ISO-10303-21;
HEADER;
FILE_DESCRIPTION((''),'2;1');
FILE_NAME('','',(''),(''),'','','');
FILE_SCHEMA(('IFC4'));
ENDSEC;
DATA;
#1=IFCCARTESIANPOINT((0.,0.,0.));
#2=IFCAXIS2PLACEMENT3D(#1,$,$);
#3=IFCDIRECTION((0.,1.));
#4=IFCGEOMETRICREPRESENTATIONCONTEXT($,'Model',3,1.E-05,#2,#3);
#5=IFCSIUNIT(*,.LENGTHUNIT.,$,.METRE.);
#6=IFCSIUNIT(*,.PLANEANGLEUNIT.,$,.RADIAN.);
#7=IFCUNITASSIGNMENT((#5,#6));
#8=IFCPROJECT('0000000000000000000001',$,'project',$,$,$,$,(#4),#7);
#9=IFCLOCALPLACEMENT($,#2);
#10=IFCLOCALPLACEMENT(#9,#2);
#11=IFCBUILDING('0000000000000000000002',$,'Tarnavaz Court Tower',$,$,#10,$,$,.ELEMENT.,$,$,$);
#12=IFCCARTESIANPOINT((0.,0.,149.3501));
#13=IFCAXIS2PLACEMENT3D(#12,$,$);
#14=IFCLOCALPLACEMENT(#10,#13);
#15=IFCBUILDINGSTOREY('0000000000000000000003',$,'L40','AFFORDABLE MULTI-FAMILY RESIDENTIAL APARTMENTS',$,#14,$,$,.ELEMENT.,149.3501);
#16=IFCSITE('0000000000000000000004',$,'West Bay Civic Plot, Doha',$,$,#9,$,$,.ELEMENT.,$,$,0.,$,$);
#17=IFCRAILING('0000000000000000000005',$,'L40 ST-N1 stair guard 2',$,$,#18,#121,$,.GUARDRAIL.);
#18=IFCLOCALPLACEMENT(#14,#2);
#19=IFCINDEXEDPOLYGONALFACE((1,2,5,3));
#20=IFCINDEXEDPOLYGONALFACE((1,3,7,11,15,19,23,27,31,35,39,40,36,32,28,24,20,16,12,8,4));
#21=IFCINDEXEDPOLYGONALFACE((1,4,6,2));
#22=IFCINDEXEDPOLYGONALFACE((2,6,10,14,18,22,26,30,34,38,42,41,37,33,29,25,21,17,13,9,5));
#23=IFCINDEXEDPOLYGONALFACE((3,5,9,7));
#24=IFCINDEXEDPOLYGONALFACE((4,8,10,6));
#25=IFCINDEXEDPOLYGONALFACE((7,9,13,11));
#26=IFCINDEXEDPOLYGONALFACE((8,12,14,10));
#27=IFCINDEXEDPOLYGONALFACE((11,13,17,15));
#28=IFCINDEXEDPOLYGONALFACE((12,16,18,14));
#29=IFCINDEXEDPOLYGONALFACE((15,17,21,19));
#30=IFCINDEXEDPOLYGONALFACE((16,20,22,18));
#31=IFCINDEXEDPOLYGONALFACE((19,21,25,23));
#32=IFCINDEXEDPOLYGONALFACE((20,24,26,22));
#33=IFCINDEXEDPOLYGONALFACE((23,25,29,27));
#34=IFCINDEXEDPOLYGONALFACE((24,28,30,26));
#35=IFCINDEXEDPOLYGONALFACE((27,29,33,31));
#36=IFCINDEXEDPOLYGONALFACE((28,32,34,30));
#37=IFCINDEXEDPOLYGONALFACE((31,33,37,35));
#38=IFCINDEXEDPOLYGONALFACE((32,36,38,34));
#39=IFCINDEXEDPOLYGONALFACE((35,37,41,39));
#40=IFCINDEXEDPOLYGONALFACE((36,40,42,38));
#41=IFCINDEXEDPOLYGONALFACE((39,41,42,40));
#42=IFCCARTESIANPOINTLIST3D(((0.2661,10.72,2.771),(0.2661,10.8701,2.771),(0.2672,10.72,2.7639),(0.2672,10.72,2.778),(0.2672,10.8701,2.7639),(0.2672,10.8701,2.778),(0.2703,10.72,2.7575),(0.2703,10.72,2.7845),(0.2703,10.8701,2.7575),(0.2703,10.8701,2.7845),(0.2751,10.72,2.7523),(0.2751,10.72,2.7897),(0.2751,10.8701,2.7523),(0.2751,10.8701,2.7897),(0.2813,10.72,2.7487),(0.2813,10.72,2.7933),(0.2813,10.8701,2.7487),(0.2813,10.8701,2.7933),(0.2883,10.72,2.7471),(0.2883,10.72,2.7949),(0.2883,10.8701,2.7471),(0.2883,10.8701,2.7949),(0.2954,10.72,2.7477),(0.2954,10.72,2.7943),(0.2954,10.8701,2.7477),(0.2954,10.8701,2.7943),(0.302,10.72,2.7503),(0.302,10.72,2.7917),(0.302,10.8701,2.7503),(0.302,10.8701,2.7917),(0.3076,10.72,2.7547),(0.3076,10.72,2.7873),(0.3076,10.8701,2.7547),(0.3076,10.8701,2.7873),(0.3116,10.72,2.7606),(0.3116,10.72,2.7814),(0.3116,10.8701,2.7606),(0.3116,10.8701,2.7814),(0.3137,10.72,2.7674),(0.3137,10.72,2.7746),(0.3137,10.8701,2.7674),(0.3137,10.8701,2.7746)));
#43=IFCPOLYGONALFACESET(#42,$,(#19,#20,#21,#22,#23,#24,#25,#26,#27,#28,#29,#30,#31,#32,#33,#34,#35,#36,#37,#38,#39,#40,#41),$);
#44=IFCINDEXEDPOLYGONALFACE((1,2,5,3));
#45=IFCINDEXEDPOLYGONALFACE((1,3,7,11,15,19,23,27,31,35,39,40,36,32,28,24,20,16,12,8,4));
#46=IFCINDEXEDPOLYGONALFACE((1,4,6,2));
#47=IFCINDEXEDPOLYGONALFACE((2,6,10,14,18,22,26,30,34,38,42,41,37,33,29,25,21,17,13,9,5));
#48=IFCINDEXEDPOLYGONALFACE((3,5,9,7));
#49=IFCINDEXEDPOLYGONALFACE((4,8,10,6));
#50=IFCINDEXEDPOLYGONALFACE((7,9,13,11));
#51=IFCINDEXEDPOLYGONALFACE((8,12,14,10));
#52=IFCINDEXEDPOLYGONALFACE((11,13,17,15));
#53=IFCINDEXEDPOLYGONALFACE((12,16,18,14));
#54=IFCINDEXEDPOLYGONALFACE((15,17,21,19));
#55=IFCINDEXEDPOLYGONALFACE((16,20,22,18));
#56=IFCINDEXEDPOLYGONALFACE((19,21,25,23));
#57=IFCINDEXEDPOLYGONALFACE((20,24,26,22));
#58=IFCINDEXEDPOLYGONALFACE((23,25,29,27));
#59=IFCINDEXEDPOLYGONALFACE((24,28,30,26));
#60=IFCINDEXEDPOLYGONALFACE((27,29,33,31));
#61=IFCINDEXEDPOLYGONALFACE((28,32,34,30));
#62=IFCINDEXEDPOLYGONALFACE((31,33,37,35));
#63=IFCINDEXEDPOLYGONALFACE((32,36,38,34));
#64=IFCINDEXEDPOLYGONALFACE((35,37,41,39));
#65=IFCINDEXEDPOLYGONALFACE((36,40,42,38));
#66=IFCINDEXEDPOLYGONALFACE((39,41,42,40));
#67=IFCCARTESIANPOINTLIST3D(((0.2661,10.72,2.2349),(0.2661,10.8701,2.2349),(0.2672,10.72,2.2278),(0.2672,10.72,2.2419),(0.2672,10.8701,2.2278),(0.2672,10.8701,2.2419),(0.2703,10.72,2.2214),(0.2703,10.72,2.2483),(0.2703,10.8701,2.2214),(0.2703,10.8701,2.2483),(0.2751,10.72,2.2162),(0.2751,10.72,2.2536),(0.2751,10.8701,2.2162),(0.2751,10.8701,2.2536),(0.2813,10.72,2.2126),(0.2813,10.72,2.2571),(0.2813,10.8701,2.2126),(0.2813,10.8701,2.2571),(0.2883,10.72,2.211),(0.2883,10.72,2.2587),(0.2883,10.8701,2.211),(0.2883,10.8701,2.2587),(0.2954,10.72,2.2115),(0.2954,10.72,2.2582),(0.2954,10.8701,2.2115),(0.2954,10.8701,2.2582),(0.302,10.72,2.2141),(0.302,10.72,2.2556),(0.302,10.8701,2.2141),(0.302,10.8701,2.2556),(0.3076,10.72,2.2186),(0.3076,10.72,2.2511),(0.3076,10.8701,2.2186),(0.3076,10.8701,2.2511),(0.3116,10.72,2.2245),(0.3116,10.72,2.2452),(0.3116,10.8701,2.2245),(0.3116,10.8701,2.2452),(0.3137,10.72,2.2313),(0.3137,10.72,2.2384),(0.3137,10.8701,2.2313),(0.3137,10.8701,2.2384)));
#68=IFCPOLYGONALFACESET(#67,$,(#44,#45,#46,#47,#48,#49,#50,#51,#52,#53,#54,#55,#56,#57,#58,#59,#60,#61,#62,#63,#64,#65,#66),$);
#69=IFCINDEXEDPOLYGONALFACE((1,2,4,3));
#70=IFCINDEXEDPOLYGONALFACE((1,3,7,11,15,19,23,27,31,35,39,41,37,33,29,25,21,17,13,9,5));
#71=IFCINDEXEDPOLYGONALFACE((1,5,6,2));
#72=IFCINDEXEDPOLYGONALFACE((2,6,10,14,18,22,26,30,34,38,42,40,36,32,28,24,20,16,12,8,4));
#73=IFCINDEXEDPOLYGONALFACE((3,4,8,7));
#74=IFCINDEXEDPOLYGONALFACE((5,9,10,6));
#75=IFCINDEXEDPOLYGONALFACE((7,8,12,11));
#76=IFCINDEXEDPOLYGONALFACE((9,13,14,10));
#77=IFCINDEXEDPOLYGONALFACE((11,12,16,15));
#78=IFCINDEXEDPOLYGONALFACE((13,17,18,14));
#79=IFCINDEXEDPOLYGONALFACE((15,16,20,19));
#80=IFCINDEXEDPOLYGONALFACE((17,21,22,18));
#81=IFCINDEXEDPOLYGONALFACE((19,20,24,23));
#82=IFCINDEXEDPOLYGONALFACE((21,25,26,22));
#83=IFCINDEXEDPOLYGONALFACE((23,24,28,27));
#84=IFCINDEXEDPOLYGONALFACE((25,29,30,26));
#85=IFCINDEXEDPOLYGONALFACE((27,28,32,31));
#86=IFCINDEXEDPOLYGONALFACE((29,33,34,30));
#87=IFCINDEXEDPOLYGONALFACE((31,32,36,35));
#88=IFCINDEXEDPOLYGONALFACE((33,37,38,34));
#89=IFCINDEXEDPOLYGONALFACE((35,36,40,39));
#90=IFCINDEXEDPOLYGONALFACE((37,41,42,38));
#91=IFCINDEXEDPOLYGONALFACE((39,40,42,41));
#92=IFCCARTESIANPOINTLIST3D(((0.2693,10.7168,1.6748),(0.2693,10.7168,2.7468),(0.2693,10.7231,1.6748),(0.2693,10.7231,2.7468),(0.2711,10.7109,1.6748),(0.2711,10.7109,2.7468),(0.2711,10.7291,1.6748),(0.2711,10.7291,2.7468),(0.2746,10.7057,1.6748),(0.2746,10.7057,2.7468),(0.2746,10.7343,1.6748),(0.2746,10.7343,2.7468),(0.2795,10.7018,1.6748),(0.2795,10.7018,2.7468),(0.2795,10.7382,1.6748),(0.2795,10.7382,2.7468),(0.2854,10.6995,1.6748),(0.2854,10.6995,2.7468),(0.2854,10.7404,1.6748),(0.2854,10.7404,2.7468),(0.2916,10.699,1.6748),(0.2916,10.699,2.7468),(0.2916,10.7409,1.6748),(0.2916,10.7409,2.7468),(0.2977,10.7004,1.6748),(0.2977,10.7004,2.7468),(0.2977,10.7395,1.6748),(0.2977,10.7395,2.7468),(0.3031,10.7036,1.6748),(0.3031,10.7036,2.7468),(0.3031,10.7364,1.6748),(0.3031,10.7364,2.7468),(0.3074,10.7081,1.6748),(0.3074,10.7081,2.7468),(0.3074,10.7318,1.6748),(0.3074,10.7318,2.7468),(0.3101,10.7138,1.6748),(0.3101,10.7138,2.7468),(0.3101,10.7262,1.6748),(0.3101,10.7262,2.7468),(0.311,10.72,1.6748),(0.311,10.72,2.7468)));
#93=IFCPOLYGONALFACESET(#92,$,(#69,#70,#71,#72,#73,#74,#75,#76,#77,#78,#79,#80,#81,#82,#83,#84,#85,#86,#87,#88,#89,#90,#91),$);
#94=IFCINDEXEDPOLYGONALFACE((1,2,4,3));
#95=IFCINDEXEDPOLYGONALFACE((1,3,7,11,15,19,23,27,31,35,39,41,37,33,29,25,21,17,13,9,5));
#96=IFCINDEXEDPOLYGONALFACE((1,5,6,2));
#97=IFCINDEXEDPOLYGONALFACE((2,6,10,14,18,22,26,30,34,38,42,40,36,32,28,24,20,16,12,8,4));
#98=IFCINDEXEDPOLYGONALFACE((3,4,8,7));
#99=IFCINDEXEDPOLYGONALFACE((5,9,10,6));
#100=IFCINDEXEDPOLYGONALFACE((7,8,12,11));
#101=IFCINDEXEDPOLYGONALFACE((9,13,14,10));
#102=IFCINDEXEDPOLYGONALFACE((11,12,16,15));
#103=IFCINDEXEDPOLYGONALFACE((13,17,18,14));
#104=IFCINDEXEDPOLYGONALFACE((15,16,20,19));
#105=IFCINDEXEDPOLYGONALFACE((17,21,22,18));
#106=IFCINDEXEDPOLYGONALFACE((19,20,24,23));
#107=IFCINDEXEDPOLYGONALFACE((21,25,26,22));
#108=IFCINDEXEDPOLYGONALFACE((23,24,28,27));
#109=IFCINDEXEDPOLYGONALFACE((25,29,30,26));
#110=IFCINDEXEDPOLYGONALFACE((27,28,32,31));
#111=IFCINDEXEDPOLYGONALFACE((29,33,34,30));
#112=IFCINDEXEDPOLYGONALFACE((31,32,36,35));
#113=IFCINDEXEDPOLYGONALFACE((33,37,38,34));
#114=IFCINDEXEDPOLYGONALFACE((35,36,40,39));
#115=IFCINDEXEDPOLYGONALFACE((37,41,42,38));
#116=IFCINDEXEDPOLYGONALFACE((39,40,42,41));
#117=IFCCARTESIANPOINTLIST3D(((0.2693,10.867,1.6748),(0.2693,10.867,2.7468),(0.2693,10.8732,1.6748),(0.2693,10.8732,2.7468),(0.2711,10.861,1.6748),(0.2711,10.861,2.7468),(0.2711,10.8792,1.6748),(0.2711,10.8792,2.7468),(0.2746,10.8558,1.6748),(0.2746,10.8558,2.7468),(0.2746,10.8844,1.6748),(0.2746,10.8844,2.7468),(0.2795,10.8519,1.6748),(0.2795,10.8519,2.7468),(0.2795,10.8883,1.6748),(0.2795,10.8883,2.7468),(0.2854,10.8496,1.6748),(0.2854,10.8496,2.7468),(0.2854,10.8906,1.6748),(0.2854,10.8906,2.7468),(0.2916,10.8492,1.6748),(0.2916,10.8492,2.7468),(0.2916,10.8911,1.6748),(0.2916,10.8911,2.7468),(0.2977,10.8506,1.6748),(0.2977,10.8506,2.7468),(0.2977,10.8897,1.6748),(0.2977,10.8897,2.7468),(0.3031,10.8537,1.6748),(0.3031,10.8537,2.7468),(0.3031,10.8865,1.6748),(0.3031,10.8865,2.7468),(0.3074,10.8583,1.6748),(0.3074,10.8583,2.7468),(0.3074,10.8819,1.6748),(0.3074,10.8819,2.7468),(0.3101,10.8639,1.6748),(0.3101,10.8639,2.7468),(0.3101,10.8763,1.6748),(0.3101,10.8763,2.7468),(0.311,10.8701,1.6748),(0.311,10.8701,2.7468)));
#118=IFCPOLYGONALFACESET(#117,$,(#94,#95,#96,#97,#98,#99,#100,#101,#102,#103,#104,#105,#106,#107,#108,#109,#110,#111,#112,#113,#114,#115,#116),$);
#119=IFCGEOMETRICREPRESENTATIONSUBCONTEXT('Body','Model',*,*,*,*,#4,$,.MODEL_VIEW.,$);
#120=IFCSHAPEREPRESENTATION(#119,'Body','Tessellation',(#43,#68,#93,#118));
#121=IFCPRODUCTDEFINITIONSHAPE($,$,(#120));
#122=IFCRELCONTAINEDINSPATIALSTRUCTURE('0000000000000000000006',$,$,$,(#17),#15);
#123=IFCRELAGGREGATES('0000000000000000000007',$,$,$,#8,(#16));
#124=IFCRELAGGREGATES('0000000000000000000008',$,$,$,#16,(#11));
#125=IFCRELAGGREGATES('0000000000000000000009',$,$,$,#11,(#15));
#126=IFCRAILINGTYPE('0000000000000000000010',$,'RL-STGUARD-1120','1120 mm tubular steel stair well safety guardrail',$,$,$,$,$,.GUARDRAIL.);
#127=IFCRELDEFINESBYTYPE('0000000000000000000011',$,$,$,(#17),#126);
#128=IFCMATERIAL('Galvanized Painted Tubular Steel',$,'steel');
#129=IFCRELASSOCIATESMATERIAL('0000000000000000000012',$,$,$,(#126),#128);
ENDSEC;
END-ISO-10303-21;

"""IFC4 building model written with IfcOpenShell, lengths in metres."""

from ifc_helpers import new_model, si_unit, direction, frame, origin, origin_2d, place, context, subcontext, project, spatial, circle, extrude, material, type_object, element, save


model = new_model("IFC4")

# Units and contexts
model_context = context("Model", 3, precision=1e-05, world=origin(), true_north=direction((0.0, 1.0)))
body_context = subcontext(model_context, "Body", "Model", "MODEL_VIEW")
ifc_project = project(units=[si_unit("LENGTHUNIT", "METRE"), si_unit("PLANEANGLEUNIT", "RADIAN")], contexts=[model_context])

# Site, building, storey
site_placement = place(None, origin())
site = spatial("IfcSite", under=ifc_project, at=site_placement, Name="West Bay Civic Plot, Doha", CompositionType="ELEMENT", RefElevation=0.0)
building_placement = place(site_placement, origin())
building = spatial("IfcBuilding", under=site, at=building_placement, Name="Tarnavaz Court Tower", CompositionType="ELEMENT")
storey_placement = place(building_placement, frame((0.0, 0.0, 149.3501)))
storey = spatial("IfcBuildingStorey", under=building, at=storey_placement, Name="L40", Description="AFFORDABLE MULTI-FAMILY RESIDENTIAL APARTMENTS", CompositionType="ELEMENT", Elevation=149.3501)

# Railing
ifc_material_1 = material(Name="Galvanized Painted Tubular Steel", Category="steel")
railing_type_1 = type_object("IfcRailingType", Name="RL-STGUARD-1120", Description="1120 mm tubular steel stair well safety guardrail", PredefinedType="GUARDRAIL", material=ifc_material_1)
railing_1_placement = place(storey_placement, frame((0.29, 10.72, 1.6748)))
element("IfcRailing", 1, at=railing_1_placement, inside=storey, type_object=railing_type_1, Name="L40 ST-N1 stair guard 2", PredefinedType="GUARDRAIL", context=body_context, shape_type="SweptSolid", body=[
    extrude(circle(Radius=0.0239, at=origin_2d()), frame((0.0, 0.0, 1.0962), z_axis=(0.0, 1.0, 0.0), x_axis=(-1.0, 0.0, 0.0)), (0.0, 0.0, 1.0), 0.1501),
    extrude(circle(Radius=0.0239, at=origin_2d()), frame((0.0, 0.0, 0.5601), z_axis=(0.0, 1.0, 0.0), x_axis=(-1.0, 0.0, 0.0)), (0.0, 0.0, 1.0), 0.1501),
    extrude(circle(Radius=0.021, at=origin_2d()), origin(), (0.0, 0.0, 1.0), 1.072),
    extrude(circle(Radius=0.021, at=origin_2d()), frame((0.0, 0.1501, 0.0)), (0.0, 0.0, 1.0), 1.072),
])

save(model, "model.ifc")
